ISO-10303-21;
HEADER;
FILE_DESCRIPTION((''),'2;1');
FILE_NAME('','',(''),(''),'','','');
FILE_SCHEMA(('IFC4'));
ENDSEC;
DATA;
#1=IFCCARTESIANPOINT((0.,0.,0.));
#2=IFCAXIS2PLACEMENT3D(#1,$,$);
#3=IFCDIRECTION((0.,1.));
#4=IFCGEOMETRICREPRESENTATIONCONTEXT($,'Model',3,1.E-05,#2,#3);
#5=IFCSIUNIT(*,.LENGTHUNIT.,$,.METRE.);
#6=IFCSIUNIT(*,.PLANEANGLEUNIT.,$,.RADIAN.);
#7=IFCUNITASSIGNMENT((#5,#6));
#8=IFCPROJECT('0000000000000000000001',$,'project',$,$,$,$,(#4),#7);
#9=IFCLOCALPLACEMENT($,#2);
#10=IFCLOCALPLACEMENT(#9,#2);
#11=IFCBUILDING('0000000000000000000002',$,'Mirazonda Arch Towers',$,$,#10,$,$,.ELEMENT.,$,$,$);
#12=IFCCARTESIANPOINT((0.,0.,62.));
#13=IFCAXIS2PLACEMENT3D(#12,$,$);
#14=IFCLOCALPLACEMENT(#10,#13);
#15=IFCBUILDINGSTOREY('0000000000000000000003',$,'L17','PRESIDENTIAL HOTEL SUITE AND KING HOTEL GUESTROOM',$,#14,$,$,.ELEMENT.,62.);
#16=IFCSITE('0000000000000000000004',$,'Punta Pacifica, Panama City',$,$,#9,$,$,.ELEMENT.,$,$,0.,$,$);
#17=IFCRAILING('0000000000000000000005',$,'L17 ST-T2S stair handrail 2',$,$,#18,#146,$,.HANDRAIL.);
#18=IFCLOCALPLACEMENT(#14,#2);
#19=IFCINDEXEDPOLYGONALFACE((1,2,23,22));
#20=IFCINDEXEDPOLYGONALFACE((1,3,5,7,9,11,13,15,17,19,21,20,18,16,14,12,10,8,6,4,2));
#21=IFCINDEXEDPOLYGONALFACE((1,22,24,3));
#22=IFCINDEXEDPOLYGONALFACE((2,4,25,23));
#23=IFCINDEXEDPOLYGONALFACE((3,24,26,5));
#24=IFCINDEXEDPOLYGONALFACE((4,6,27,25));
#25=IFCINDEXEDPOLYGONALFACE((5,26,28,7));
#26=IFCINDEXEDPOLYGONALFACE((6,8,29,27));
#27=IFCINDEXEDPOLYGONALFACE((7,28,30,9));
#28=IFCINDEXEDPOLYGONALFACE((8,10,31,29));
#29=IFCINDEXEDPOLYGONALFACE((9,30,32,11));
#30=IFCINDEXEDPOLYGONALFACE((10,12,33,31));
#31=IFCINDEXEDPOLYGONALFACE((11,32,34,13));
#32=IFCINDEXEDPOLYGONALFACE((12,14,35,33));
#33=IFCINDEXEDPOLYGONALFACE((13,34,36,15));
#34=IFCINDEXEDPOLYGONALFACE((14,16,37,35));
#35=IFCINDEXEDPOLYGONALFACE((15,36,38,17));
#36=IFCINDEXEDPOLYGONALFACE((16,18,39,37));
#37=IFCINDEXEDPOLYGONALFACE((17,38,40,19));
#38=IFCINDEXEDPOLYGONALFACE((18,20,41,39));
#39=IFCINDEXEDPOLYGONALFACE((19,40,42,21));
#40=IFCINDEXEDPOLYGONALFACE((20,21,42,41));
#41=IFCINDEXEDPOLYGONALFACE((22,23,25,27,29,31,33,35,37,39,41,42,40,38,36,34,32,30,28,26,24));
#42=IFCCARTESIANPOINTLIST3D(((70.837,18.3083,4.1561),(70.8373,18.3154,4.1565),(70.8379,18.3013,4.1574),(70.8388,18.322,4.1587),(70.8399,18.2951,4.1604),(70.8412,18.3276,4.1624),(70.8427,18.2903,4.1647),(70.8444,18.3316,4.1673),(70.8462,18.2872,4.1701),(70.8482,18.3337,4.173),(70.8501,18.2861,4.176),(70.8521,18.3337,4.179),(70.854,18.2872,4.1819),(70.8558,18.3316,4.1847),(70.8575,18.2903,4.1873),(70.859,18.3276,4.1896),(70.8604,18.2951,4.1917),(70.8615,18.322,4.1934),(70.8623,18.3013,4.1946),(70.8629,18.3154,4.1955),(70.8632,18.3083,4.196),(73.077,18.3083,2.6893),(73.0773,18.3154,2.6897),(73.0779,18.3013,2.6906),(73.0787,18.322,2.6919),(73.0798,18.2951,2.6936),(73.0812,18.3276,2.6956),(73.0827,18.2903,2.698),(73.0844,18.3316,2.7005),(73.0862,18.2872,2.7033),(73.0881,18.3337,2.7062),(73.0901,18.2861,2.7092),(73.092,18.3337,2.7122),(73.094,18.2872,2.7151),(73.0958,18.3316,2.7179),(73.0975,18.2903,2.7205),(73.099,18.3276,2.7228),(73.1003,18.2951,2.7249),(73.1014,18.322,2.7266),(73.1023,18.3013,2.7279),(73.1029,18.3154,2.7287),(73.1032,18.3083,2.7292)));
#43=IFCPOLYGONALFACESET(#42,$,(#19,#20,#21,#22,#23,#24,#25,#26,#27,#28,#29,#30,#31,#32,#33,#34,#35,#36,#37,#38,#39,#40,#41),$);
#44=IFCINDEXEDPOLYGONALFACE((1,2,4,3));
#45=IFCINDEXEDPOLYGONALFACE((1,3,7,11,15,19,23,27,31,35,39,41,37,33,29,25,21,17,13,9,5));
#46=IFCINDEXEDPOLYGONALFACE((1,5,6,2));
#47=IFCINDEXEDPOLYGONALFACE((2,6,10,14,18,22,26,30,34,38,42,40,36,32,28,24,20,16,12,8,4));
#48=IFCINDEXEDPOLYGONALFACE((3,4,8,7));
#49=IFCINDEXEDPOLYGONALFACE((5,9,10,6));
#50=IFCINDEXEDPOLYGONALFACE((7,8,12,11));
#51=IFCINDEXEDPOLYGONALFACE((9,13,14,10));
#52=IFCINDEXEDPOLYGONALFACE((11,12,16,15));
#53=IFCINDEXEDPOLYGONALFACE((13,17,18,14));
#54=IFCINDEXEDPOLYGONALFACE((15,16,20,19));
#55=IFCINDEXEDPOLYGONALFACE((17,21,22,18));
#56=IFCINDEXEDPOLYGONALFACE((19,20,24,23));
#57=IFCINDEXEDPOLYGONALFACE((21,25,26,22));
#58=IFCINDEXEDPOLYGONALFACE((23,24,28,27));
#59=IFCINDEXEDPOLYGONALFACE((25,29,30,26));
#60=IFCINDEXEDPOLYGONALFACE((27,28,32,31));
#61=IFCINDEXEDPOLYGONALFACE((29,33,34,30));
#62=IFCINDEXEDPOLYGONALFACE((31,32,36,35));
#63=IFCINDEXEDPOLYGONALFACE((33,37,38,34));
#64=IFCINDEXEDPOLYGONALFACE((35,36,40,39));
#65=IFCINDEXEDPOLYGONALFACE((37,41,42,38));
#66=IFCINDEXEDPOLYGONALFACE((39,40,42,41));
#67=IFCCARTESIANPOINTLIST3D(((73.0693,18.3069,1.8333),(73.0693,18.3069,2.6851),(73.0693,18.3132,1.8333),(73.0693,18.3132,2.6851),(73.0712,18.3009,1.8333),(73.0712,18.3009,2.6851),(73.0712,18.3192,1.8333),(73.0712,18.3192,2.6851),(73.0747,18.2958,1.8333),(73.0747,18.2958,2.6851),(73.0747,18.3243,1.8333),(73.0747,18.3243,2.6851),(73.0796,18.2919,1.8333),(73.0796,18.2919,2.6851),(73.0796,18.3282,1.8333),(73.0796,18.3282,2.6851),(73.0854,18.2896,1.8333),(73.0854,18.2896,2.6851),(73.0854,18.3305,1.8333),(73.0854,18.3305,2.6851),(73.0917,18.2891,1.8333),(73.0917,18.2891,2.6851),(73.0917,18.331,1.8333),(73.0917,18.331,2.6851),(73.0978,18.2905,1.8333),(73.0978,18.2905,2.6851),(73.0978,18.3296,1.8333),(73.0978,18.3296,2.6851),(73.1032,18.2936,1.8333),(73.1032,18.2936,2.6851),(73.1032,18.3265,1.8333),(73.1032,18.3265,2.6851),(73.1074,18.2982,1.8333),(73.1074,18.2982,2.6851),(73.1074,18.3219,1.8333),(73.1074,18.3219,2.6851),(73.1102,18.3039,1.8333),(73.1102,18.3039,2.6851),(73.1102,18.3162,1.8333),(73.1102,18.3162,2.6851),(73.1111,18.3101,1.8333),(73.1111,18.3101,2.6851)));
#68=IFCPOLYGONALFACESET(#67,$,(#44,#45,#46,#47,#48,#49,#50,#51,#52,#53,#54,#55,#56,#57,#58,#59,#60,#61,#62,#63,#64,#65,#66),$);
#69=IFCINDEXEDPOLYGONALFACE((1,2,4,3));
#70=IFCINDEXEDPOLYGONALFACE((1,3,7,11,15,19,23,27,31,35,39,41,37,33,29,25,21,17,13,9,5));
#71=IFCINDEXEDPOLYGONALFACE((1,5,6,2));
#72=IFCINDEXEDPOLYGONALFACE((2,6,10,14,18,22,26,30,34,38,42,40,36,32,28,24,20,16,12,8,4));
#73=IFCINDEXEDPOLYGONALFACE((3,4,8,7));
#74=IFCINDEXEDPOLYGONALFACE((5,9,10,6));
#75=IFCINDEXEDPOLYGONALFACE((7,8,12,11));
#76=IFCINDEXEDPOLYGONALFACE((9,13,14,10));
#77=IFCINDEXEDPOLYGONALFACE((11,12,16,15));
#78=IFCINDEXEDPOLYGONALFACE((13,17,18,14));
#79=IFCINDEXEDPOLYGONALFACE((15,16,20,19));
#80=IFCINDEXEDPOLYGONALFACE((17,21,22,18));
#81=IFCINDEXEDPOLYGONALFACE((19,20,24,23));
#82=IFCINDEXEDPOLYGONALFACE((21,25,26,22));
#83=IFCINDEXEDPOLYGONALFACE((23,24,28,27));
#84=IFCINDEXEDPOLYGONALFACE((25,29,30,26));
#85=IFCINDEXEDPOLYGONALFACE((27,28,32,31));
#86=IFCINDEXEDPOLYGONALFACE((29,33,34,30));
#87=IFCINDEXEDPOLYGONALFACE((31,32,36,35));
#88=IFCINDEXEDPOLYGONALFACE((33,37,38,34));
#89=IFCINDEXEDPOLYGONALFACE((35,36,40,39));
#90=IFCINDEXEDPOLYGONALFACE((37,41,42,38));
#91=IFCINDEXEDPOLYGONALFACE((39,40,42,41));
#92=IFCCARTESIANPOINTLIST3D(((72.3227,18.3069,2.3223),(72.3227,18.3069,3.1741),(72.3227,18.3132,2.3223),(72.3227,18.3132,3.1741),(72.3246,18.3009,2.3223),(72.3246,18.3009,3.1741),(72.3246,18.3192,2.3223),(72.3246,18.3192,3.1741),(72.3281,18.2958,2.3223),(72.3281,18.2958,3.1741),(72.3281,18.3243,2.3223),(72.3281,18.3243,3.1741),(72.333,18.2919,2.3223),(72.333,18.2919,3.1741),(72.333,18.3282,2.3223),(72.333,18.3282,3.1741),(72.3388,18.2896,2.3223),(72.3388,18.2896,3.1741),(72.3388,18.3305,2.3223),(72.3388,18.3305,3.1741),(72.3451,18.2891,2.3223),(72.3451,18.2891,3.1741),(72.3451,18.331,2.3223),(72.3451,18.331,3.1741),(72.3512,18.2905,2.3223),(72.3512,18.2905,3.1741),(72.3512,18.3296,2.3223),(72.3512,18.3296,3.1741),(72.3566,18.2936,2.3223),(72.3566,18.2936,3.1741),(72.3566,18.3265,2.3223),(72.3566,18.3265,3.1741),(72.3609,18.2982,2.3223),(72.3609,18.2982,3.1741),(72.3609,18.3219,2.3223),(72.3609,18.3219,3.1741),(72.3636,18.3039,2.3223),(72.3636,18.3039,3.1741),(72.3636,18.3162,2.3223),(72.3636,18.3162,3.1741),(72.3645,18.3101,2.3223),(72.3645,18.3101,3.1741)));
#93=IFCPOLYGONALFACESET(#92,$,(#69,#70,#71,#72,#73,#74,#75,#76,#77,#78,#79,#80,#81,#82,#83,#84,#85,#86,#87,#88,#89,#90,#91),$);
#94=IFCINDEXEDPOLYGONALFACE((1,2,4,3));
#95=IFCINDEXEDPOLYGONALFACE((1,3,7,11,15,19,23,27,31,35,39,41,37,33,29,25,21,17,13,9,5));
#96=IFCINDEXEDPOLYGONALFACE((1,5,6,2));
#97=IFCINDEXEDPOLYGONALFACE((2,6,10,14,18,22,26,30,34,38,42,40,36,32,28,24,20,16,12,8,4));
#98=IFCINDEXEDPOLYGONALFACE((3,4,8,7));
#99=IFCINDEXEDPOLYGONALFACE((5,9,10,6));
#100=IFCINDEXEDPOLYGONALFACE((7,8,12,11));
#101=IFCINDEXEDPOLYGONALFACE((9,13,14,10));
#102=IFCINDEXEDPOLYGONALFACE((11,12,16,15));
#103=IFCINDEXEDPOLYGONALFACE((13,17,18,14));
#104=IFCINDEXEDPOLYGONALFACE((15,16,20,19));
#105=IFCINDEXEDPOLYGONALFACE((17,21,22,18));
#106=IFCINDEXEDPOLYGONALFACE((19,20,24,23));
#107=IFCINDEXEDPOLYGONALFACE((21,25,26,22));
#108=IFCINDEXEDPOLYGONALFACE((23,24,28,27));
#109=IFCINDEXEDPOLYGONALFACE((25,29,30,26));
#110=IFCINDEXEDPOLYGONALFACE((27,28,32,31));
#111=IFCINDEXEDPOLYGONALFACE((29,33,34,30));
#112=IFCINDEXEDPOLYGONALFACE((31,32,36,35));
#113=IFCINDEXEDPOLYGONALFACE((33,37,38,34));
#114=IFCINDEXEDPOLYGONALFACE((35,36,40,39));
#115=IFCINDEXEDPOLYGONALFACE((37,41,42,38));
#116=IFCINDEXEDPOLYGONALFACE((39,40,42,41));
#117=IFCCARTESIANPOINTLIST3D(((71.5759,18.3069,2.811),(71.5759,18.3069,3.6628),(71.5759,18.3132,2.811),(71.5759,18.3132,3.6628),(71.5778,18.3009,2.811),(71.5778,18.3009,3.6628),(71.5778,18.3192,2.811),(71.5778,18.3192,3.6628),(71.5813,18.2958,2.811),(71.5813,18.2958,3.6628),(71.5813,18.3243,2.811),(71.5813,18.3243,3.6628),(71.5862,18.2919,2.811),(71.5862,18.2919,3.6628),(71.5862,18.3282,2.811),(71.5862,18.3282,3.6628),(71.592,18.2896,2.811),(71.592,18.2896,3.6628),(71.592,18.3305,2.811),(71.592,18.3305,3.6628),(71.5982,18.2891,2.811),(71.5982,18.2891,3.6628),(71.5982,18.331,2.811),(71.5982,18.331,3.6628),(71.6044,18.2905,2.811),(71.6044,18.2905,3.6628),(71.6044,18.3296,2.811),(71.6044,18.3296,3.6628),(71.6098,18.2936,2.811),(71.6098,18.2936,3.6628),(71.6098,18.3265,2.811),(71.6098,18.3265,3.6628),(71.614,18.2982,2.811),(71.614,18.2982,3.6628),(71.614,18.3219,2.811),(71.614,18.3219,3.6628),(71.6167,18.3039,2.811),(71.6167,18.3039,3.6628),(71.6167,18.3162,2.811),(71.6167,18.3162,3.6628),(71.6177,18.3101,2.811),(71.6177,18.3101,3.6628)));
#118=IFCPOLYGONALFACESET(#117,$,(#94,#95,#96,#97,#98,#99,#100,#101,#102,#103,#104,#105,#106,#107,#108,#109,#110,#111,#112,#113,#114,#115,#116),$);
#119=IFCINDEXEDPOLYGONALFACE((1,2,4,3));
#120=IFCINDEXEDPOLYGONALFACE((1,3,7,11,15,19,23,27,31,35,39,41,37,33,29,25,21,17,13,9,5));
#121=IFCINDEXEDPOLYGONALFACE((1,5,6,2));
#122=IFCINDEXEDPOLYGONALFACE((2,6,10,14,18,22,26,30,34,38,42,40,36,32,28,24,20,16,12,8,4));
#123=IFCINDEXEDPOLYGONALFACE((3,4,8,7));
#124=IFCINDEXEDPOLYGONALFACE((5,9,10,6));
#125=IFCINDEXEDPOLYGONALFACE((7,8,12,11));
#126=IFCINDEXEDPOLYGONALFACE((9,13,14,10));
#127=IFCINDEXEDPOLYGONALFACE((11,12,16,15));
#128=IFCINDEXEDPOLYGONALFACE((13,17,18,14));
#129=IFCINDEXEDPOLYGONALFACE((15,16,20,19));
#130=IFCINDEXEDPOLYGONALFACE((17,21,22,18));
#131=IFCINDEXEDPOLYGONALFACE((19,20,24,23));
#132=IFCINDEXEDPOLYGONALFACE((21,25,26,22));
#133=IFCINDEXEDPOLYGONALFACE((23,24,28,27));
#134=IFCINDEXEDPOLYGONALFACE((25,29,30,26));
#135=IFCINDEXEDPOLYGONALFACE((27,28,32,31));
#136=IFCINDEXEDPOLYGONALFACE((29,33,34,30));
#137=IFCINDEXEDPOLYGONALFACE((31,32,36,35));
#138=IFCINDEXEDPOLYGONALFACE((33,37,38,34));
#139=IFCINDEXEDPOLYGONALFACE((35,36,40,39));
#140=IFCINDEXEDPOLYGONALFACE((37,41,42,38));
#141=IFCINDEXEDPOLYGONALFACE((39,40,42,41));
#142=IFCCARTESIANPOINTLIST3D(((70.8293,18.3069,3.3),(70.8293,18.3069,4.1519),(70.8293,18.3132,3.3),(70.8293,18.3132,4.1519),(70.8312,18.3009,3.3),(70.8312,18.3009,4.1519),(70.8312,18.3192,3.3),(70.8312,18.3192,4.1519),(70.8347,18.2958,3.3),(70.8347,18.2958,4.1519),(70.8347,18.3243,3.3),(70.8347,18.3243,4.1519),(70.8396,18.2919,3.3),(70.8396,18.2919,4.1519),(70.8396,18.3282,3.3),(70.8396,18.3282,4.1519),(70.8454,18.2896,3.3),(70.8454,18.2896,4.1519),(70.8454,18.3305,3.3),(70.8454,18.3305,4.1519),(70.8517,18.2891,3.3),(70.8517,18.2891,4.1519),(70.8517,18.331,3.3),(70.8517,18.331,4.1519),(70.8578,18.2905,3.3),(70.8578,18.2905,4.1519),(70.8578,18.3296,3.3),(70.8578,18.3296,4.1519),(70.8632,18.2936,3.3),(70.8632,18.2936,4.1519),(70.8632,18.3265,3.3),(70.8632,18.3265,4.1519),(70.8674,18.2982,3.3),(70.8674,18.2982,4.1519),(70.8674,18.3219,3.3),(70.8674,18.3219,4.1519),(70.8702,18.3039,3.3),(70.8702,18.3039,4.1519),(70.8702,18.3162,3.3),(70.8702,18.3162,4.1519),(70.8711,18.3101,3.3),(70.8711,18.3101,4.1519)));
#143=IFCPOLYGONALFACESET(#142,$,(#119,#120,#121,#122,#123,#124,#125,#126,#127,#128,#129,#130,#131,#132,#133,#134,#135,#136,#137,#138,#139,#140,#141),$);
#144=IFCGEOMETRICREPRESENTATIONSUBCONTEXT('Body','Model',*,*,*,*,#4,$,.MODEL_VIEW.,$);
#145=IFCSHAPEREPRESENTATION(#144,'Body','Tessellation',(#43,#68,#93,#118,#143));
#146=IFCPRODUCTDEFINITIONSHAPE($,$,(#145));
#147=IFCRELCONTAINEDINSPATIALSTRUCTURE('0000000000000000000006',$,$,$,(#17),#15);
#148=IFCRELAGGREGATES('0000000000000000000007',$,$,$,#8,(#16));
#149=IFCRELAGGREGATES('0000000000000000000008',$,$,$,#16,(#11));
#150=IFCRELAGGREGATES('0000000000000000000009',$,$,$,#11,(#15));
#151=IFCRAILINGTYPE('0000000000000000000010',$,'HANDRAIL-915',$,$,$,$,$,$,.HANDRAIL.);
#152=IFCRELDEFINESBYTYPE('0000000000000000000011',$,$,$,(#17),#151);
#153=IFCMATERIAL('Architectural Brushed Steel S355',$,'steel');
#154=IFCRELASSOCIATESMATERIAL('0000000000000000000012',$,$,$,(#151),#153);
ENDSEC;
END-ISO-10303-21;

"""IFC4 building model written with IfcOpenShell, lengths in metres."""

from ifc_helpers import new_model, si_unit, direction, frame, origin, origin_2d, place, context, subcontext, project, spatial, circle, extrude, material, type_object, element, save


model = new_model("IFC4")

# Units and contexts
model_context = context("Model", 3, precision=1e-05, world=origin(), true_north=direction((0.0, 1.0)))
body_context = subcontext(model_context, "Body", "Model", "MODEL_VIEW")
ifc_project = project(units=[si_unit("LENGTHUNIT", "METRE"), si_unit("PLANEANGLEUNIT", "RADIAN")], contexts=[model_context])

# Site, building, storey
site_placement = place(None, origin())
site = spatial("IfcSite", under=ifc_project, at=site_placement, Name="Punta Pacifica, Panama City", CompositionType="ELEMENT", RefElevation=0.0)
building_placement = place(site_placement, origin())
building = spatial("IfcBuilding", under=site, at=building_placement, Name="Mirazonda Arch Towers", CompositionType="ELEMENT")
storey_placement = place(building_placement, frame((0.0, 0.0, 62.0)))
storey = spatial("IfcBuildingStorey", under=building, at=storey_placement, Name="L17", Description="PRESIDENTIAL HOTEL SUITE AND KING HOTEL GUESTROOM", CompositionType="ELEMENT", Elevation=62.0)

# Railing
ifc_material_1 = material(Name="Architectural Brushed Steel S355", Category="steel")
railing_type_1 = type_object("IfcRailingType", Name="HANDRAIL-915", PredefinedType="HANDRAIL", material=ifc_material_1)
railing_1_placement = place(storey_placement, frame((73.0901, 18.3101, 1.8333)))
element("IfcRailing", 1, at=railing_1_placement, inside=storey, type_object=railing_type_1, Name="L17 ST-T2S stair handrail 2", PredefinedType="HANDRAIL", context=body_context, shape_type="SweptSolid", body=[
    extrude(circle(Radius=0.0239, at=origin_2d()), frame((0.0, 0.0, 0.876), z_axis=(-0.836595, 0.0, 0.547822), x_axis=(0.0, -1.0, 0.0)), (0.0, 0.0, 1.0), 2.6775),
    extrude(circle(Radius=0.021, at=origin_2d()), origin(), (0.0, 0.0, 1.0), 0.8518),
    extrude(circle(Radius=0.021, at=origin_2d()), frame((-0.7466, 0.0, 0.489)), (0.0, 0.0, 1.0), 0.8518),
    extrude(circle(Radius=0.021, at=origin_2d()), frame((-1.4934, 0.0, 0.9778)), (0.0, 0.0, 1.0), 0.8518),
    extrude(circle(Radius=0.021, at=origin_2d()), frame((-2.24, 0.0, 1.4668)), (0.0, 0.0, 1.0), 0.8518),
])

save(model, "model.ifc")
